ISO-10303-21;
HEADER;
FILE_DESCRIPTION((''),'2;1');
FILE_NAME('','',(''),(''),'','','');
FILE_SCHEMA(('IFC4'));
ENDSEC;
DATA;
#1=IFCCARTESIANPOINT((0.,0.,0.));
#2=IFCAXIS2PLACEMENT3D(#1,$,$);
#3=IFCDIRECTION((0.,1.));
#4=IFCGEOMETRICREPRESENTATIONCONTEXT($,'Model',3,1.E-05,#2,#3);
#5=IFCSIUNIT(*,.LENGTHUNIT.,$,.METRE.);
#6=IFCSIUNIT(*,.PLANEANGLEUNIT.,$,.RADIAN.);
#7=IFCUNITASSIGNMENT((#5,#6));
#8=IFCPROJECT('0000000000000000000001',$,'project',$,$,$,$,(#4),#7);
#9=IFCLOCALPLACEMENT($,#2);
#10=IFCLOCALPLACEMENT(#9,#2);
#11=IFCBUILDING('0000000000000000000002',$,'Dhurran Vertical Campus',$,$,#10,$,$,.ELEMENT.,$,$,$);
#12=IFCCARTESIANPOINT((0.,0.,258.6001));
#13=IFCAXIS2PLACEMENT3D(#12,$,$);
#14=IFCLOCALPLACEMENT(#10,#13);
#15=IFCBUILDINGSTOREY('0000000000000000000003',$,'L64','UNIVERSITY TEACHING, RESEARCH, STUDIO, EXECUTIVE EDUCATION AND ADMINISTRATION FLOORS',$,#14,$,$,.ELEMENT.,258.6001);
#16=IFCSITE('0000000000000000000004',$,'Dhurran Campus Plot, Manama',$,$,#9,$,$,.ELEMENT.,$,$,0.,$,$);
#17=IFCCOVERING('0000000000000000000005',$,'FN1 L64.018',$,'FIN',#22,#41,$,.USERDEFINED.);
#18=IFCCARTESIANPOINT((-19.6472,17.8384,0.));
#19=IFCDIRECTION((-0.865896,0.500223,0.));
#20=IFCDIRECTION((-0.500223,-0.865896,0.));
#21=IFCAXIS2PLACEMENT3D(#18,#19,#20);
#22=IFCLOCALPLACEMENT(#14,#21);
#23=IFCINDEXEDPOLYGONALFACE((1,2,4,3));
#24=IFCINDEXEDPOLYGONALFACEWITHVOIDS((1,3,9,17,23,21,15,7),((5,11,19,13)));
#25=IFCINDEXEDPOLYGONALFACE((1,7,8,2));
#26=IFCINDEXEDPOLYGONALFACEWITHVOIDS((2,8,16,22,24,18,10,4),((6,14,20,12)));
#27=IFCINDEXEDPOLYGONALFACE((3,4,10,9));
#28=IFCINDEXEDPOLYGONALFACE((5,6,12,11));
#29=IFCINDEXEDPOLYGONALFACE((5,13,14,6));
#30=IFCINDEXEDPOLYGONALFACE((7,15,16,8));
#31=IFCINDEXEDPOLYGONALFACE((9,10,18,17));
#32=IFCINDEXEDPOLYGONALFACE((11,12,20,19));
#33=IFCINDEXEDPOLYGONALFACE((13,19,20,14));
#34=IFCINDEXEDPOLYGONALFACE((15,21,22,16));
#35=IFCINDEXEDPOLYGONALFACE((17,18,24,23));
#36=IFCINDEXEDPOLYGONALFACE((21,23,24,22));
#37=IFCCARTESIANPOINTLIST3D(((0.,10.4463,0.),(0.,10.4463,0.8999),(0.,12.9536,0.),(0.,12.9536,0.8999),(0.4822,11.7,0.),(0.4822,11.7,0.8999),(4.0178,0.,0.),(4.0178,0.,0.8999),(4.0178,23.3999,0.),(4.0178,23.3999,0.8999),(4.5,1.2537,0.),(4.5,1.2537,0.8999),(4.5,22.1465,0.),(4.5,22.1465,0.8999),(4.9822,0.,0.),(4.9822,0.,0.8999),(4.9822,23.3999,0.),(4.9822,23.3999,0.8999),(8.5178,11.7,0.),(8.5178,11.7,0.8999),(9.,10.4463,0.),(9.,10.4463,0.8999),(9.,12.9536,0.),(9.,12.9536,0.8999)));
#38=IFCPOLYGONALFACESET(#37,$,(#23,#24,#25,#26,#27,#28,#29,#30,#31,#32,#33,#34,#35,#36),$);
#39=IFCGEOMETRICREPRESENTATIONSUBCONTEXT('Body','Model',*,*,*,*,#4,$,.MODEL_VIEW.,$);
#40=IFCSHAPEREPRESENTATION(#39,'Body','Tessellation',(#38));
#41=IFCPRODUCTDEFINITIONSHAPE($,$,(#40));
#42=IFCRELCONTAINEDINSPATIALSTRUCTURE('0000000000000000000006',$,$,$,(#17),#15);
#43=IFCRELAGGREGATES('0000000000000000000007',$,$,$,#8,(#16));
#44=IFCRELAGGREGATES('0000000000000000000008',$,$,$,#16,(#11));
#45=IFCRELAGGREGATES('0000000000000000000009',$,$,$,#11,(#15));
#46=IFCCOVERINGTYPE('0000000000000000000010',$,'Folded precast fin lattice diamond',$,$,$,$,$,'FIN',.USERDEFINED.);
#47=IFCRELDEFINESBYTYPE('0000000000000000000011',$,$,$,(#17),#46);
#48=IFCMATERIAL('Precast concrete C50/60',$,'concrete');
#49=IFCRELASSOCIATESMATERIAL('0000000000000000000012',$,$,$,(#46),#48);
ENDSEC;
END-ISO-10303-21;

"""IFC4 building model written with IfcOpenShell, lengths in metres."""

from ifc_helpers import new_model, si_unit, direction, frame, origin, place, context, subcontext, project, spatial, polyline, outline, extrude, material, type_object, element, save


model = new_model("IFC4")

# Units and contexts
model_context = context("Model", 3, precision=1e-05, world=origin(), true_north=direction((0.0, 1.0)))
body_context = subcontext(model_context, "Body", "Model", "MODEL_VIEW")
ifc_project = project(units=[si_unit("LENGTHUNIT", "METRE"), si_unit("PLANEANGLEUNIT", "RADIAN")], contexts=[model_context])

# Site, building, storey
site_placement = place(None, origin())
site = spatial("IfcSite", under=ifc_project, at=site_placement, Name="Dhurran Campus Plot, Manama", CompositionType="ELEMENT", RefElevation=0.0)
building_placement = place(site_placement, origin())
building = spatial("IfcBuilding", under=site, at=building_placement, Name="Dhurran Vertical Campus", CompositionType="ELEMENT")
storey_placement = place(building_placement, frame((0.0, 0.0, 258.6001)))
storey = spatial("IfcBuildingStorey", under=building, at=storey_placement, Name="L64", Description="UNIVERSITY TEACHING, RESEARCH, STUDIO, EXECUTIVE EDUCATION AND ADMINISTRATION FLOORS", CompositionType="ELEMENT", Elevation=258.6001)

# Covering
ifc_material_1 = material(Name="Precast concrete C50/60", Category="concrete")
covering_type = type_object("IfcCoveringType", Name="Folded precast fin lattice diamond", ElementType="FIN", PredefinedType="USERDEFINED", material=ifc_material_1)
covering_1_placement = place(storey_placement, frame((-19.6472, 17.8384, 0.0), z_axis=(-0.865896, 0.500223, 0.0), x_axis=(-0.500223, -0.865896, 0.0)))
element("IfcCovering", 1, at=covering_1_placement, inside=storey, type_object=covering_type, Name="FN1 L64.018", ObjectType="FIN", PredefinedType="USERDEFINED", context=body_context, shape_type="SweptSolid", body=[
    extrude(outline(polyline([(9.0, 12.9536), (9.0, 10.4463), (4.9822, 0.0), (4.0178, 0.0), (0.0, 10.4463), (0.0, 12.9536), (4.0178, 23.3999), (4.9822, 23.3999), (9.0, 12.9536)]), holes=[polyline([(8.5178, 11.7), (4.5, 22.1465), (0.4822, 11.7), (4.5, 1.2537), (8.5178, 11.7)])]), origin(), (0.0, 0.0, 1.0), 0.8999),
])

save(model, "model.ifc")
